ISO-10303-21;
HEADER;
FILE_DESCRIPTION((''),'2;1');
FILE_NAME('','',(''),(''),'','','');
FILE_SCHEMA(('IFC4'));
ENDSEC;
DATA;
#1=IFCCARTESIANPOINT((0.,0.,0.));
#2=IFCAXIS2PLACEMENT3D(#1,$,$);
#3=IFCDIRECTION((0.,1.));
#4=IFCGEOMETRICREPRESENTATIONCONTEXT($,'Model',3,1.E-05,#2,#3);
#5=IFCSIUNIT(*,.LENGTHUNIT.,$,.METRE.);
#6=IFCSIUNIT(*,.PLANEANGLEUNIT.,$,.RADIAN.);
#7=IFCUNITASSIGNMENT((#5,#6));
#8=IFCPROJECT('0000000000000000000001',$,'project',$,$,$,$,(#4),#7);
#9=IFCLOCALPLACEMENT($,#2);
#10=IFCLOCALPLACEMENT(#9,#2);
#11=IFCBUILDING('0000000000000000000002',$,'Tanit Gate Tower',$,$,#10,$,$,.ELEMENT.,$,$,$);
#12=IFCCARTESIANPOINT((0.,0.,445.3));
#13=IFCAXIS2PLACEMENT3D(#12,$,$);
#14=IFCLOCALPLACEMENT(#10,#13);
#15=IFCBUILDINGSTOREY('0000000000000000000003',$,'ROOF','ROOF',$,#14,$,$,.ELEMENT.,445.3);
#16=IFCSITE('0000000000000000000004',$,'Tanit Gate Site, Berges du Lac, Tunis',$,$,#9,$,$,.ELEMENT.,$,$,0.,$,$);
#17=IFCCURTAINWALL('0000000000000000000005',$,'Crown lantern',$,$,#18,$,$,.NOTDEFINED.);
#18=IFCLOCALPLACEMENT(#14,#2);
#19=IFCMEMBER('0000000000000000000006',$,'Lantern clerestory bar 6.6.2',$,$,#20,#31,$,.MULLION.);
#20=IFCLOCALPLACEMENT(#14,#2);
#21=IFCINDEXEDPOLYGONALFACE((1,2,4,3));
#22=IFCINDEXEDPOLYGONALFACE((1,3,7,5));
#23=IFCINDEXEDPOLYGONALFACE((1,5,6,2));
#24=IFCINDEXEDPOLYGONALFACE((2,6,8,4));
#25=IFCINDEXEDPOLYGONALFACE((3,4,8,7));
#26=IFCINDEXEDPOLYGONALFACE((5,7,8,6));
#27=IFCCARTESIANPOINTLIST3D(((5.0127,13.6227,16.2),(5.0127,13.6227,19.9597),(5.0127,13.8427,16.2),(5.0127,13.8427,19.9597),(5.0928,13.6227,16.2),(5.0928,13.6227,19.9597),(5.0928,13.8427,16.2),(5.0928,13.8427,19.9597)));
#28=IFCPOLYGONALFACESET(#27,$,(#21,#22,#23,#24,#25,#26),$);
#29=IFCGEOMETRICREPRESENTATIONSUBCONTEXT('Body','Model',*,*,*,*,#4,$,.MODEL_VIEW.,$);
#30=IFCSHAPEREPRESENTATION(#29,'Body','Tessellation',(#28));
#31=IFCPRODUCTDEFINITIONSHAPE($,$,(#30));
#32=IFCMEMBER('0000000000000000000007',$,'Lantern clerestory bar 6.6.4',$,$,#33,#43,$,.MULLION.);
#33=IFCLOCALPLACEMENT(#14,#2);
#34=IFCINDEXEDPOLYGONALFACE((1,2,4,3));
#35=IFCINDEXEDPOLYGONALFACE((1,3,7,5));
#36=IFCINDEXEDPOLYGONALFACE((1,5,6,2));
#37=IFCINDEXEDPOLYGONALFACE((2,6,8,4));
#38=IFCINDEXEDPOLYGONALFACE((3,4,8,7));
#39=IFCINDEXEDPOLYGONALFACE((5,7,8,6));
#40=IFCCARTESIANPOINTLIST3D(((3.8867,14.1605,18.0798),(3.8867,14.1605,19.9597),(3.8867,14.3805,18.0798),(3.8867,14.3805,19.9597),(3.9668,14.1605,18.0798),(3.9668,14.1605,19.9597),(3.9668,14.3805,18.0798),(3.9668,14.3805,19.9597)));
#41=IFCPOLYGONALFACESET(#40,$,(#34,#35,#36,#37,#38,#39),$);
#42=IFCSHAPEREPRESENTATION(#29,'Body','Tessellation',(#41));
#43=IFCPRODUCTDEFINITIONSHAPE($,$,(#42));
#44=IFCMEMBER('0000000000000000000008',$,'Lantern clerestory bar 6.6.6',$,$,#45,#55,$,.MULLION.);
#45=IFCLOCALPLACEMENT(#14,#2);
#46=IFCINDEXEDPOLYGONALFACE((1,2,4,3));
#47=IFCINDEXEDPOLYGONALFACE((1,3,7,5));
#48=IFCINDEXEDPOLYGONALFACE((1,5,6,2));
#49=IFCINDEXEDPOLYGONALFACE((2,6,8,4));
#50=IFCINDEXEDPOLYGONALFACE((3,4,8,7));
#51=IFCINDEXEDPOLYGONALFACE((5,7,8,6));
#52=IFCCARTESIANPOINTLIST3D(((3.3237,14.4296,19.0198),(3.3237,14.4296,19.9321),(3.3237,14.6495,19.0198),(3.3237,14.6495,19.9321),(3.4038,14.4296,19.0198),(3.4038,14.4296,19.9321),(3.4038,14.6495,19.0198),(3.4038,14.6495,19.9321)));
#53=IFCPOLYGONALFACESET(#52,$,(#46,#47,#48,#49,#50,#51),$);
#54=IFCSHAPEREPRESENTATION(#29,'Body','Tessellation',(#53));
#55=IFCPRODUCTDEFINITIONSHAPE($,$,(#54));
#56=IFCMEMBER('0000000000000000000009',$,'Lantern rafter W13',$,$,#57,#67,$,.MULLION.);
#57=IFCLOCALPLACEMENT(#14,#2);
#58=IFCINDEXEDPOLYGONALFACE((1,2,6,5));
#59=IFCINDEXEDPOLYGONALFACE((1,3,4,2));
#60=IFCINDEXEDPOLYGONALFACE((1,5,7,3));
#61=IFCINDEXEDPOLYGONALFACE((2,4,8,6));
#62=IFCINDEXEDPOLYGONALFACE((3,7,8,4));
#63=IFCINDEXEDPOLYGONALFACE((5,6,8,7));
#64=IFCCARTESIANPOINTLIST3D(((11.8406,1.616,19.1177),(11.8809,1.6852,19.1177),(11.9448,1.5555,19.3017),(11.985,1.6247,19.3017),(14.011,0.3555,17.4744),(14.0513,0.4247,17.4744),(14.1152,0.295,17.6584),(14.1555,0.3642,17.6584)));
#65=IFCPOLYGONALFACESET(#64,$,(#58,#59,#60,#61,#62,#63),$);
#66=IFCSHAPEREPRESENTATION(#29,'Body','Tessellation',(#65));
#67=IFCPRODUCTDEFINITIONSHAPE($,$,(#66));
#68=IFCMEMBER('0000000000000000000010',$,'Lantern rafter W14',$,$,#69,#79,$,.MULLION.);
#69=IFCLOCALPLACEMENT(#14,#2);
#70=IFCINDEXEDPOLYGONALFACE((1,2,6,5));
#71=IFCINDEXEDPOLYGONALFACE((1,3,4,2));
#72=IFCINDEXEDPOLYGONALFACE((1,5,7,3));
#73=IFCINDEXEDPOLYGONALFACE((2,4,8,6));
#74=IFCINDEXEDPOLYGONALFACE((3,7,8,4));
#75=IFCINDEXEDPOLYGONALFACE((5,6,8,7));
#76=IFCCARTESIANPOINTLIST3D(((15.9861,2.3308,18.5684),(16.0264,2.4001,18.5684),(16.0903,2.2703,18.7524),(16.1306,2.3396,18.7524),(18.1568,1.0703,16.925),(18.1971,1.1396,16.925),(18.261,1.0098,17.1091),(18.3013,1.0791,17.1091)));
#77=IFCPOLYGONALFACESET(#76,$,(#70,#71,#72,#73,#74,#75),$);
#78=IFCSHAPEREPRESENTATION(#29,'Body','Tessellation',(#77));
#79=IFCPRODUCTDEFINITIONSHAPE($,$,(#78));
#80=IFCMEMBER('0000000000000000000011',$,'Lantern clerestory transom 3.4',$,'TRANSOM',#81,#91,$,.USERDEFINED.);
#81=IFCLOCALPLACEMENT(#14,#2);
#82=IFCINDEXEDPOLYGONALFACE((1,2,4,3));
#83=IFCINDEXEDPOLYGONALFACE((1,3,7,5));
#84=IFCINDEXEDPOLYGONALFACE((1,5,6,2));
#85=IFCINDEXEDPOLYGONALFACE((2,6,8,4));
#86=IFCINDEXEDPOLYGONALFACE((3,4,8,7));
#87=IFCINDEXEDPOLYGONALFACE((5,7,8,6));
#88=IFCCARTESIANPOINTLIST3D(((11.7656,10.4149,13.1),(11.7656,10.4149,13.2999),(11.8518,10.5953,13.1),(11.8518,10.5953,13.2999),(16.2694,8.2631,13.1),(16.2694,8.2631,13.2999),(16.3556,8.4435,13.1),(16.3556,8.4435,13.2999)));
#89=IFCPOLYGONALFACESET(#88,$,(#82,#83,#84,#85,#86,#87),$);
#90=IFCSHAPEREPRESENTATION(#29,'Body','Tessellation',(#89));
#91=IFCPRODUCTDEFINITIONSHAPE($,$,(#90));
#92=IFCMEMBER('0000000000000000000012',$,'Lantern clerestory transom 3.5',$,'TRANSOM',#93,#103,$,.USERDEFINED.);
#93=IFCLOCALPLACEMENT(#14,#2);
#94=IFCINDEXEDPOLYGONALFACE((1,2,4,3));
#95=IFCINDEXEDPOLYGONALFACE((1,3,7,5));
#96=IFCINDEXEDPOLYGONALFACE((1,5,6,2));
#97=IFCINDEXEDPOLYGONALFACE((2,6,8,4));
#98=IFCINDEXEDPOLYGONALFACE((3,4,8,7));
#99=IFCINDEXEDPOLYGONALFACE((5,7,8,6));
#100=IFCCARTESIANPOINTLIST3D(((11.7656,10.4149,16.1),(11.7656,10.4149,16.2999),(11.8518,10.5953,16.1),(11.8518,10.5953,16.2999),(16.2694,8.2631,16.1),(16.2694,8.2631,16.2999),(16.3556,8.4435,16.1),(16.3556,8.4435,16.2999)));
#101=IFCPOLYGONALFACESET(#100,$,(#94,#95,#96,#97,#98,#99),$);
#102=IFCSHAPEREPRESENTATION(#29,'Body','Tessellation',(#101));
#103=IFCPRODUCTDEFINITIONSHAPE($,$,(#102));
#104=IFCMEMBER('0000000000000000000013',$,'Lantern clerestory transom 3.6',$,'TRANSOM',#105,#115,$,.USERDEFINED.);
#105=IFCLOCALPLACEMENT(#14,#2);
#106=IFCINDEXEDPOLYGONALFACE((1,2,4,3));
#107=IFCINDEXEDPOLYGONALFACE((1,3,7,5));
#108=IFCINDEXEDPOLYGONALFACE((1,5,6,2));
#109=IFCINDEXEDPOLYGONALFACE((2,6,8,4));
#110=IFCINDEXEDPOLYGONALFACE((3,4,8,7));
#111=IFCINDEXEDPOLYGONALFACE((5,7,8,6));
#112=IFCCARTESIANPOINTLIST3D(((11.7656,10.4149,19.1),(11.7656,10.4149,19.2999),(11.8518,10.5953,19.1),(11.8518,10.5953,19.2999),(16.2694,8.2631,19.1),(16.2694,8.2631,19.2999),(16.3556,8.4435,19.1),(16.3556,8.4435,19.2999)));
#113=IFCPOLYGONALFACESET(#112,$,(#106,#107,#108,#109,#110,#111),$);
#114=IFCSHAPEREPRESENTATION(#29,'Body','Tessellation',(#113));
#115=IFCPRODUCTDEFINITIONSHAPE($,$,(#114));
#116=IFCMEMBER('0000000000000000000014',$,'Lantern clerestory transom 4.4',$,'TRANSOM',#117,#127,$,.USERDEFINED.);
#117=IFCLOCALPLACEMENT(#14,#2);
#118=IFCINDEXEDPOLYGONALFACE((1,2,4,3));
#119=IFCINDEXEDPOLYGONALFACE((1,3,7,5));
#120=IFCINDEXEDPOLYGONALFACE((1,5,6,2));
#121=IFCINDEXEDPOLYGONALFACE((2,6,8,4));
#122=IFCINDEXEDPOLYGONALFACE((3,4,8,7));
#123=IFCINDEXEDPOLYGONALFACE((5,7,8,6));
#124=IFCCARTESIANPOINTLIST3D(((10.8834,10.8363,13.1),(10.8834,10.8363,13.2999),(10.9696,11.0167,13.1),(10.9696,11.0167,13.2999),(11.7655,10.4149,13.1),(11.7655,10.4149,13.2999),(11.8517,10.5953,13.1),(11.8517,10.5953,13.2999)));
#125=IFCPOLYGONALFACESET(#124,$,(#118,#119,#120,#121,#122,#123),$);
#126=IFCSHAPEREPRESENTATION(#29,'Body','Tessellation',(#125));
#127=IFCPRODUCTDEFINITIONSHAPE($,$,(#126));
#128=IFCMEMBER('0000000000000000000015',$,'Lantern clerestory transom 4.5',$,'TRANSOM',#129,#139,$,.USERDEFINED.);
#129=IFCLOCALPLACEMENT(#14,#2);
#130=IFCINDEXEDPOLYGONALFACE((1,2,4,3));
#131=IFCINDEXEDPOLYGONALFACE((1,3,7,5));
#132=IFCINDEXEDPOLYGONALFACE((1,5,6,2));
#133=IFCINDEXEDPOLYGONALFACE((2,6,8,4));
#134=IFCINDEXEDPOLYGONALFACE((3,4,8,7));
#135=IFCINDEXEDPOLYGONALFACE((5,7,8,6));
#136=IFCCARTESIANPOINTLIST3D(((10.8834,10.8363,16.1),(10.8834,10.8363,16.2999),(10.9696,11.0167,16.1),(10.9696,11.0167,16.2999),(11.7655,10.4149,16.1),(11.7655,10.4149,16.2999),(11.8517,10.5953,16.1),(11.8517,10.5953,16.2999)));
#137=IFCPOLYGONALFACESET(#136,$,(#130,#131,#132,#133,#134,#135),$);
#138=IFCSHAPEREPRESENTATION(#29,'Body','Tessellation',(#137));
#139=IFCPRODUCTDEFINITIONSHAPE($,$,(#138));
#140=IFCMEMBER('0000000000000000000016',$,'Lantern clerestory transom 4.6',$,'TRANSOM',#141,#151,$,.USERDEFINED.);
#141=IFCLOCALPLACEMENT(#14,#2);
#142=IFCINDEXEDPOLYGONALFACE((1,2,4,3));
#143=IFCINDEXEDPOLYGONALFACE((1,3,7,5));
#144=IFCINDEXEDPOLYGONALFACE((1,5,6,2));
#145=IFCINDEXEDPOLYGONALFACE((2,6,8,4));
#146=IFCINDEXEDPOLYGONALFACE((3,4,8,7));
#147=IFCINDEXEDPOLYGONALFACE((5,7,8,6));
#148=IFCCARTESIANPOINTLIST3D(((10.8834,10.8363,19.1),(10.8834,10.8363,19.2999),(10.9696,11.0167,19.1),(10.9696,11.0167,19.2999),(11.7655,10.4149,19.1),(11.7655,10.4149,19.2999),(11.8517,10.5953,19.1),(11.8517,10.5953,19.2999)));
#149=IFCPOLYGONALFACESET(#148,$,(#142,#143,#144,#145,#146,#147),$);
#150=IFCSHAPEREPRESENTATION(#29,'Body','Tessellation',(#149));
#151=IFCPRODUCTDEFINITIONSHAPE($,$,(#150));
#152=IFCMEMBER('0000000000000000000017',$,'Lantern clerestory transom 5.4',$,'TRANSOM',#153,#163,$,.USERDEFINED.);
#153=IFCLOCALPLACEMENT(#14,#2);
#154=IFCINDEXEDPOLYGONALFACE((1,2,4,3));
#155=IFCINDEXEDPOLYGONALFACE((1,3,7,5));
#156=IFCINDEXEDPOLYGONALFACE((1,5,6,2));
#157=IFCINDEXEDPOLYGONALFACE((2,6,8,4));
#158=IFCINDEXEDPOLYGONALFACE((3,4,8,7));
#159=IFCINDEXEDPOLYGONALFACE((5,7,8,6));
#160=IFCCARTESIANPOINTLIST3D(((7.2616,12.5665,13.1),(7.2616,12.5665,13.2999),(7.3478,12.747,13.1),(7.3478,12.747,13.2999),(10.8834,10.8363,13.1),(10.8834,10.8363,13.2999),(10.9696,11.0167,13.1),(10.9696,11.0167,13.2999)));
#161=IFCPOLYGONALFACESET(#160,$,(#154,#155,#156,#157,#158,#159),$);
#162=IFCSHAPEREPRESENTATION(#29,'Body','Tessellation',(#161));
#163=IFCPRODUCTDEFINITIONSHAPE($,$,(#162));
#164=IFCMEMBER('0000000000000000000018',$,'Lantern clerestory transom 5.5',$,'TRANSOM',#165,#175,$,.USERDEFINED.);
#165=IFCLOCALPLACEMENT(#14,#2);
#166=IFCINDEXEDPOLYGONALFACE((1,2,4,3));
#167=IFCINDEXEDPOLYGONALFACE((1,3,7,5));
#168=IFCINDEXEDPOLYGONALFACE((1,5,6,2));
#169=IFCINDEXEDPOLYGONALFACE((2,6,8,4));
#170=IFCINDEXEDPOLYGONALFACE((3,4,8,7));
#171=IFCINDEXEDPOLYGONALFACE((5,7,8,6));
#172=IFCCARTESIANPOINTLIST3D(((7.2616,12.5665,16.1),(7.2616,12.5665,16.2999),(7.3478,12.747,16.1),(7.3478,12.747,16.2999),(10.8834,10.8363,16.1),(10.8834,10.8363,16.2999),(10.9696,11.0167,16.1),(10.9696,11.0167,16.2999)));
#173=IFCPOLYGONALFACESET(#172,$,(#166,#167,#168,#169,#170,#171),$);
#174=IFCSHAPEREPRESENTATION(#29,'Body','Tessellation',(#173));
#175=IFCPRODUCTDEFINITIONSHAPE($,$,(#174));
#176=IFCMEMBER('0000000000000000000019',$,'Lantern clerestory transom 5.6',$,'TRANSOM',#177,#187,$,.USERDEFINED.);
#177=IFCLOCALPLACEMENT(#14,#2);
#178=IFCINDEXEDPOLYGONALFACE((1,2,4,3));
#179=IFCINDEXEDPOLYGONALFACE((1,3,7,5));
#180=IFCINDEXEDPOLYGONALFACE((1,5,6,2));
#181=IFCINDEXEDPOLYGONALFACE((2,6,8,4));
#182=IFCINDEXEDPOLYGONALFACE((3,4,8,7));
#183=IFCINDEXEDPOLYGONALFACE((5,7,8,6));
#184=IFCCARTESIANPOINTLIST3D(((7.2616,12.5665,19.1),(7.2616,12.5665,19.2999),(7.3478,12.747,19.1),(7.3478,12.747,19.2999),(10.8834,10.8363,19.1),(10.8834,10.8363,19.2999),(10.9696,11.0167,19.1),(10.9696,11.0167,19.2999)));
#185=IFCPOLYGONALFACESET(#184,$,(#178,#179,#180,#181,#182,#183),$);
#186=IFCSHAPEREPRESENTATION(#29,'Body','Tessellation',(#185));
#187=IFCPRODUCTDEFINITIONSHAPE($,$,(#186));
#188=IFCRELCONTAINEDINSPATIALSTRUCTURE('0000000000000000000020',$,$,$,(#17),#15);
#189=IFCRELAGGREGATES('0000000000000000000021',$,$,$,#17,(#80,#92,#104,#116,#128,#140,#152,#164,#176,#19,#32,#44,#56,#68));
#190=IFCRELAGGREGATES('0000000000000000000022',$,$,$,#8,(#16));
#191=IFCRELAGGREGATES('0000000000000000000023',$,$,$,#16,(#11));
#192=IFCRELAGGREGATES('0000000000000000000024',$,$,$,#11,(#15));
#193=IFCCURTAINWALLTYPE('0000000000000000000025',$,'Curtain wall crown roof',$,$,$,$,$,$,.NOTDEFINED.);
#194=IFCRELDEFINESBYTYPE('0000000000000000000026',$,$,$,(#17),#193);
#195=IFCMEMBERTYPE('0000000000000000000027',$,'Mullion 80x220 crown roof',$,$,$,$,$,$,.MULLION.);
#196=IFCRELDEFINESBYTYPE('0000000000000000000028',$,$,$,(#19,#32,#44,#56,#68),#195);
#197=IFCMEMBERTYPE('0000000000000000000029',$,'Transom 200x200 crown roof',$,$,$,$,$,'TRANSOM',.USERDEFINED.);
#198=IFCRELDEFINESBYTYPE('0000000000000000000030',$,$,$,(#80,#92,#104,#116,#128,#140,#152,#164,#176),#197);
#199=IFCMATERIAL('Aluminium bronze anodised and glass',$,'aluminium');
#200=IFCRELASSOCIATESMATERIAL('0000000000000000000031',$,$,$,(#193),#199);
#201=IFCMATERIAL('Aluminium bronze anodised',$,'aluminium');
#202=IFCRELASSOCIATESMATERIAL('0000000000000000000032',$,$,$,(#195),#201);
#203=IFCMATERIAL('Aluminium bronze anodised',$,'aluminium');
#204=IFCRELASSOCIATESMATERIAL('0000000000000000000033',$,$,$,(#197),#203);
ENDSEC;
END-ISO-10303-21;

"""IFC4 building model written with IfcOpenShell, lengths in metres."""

from ifc_helpers import new_model, si_unit, direction, frame, origin, origin_2d, place, context, subcontext, project, spatial, rectangle, extrude, material, material_profile, profile_set, type_object, element, aggregate, save


model = new_model("IFC4")

# Units and contexts
model_context = context("Model", 3, precision=1e-05, world=origin(), true_north=direction((0.0, 1.0)))
body_context = subcontext(model_context, "Body", "Model", "MODEL_VIEW")
ifc_project = project(units=[si_unit("LENGTHUNIT", "METRE"), si_unit("PLANEANGLEUNIT", "RADIAN")], contexts=[model_context])

# Site, building, storey
site_placement = place(None, origin())
site = spatial("IfcSite", under=ifc_project, at=site_placement, Name="Tanit Gate Site, Berges du Lac, Tunis", CompositionType="ELEMENT", RefElevation=0.0)
building_placement = place(site_placement, origin())
building = spatial("IfcBuilding", under=site, at=building_placement, Name="Tanit Gate Tower", CompositionType="ELEMENT")
storey_placement = place(building_placement, frame((0.0, 0.0, 445.3)))
storey = spatial("IfcBuildingStorey", under=building, at=storey_placement, Name="ROOF", Description="ROOF", CompositionType="ELEMENT", Elevation=445.3)

# Curtain wall, members
ifc_material_1 = material(Name="Aluminium bronze anodised and glass", Category="aluminium")
curtain_wall_type = type_object("IfcCurtainWallType", Name="Curtain wall crown roof", PredefinedType="NOTDEFINED", material=ifc_material_1)
curtain_wall_placement = place(storey_placement, origin())
curtain_wall = element("IfcCurtainWall", 1, at=curtain_wall_placement, inside=storey, type_object=curtain_wall_type, Name="Crown lantern", PredefinedType="NOTDEFINED")
ifc_material_2 = material(Name="Aluminium bronze anodised", Category="aluminium")
ifc_material_profile_1 = material_profile(ifc_material_2, rectangle(XDim=0.0801, YDim=0.22, at=origin_2d()), Name="80x220 bronze rafter")
ifc_profile_set_1 = profile_set([ifc_material_profile_1], Name="Aluminium bronze anodised")
member_type_1 = type_object("IfcMemberType", Name="Mullion 80x220 crown roof", PredefinedType="MULLION", material=ifc_profile_set_1)
member_1_placement = place(storey_placement, frame((5.0527, 13.7327, 16.2), z_axis=(0.0, 0.0, 1.0), x_axis=(1.0, 0.0, 0.0)))
member_1 = element("IfcMember", 2, at=member_1_placement, type_object=member_type_1, Name="Lantern clerestory bar 6.6.2", PredefinedType="MULLION", context=body_context, shape_type="SweptSolid", body=[
    extrude(rectangle(XDim=0.0801, YDim=0.22, at=origin_2d()), origin(), (0.0, 0.0, 1.0), 3.7598),
])
member_2_placement = place(storey_placement, frame((3.9268, 14.2705, 18.0798), z_axis=(0.0, 0.0, 1.0), x_axis=(1.0, 0.0, 0.0)))
member_2 = element("IfcMember", 3, at=member_2_placement, type_object=member_type_1, Name="Lantern clerestory bar 6.6.4", PredefinedType="MULLION", context=body_context, shape_type="SweptSolid", body=[
    extrude(rectangle(XDim=0.0801, YDim=0.22, at=origin_2d()), origin(), (0.0, 0.0, 1.0), 1.8799),
])
member_3_placement = place(storey_placement, frame((3.3638, 14.5396, 19.0198), z_axis=(0.0, 0.0, 1.0), x_axis=(1.0, 0.0, 0.0)))
member_3 = element("IfcMember", 4, at=member_3_placement, type_object=member_type_1, Name="Lantern clerestory bar 6.6.6", PredefinedType="MULLION", context=body_context, shape_type="SweptSolid", body=[
    extrude(rectangle(XDim=0.0801, YDim=0.22, at=origin_2d()), origin(), (0.0, 0.0, 1.0), 0.9124),
])
member_4_placement = place(storey_placement, frame((11.9128, 1.6204, 19.2097), z_axis=(0.72347, -0.420166, -0.54777), x_axis=(0.502213, 0.864744, 0.0)))
member_4 = element("IfcMember", 5, at=member_4_placement, type_object=member_type_1, Name="Lantern rafter W13", PredefinedType="MULLION", context=body_context, shape_type="SweptSolid", body=[
    extrude(rectangle(XDim=0.0801, YDim=0.22, at=origin_2d()), origin(), (0.0, 0.0, 1.0), 3.0),
])
member_5_placement = place(storey_placement, frame((16.0583, 2.3352, 18.6604), z_axis=(0.723509, -0.420141, -0.547738), x_axis=(0.502171, 0.864769, 0.0)))
member_5 = element("IfcMember", 6, at=member_5_placement, type_object=member_type_1, Name="Lantern rafter W14", PredefinedType="MULLION", context=body_context, shape_type="SweptSolid", body=[
    extrude(rectangle(XDim=0.0801, YDim=0.22, at=origin_2d()), origin(), (0.0, 0.0, 1.0), 3.0002),
])
ifc_material_3 = material(Name="Aluminium bronze anodised", Category="aluminium")
ifc_material_profile_2 = material_profile(ifc_material_3, rectangle(XDim=0.2, YDim=0.2, at=origin_2d()), Name="200x200 bronze transom")
ifc_profile_set_2 = profile_set([ifc_material_profile_2], Name="Aluminium bronze anodised")
member_type_2 = type_object("IfcMemberType", Name="Transom 200x200 crown roof", ElementType="TRANSOM", PredefinedType="USERDEFINED", material=ifc_profile_set_2)
member_6_placement = place(storey_placement, frame((16.3125, 8.3533, 13.2), z_axis=(-0.902305, 0.431099, 0.0), x_axis=(-0.431099, -0.902305, 0.0)))
member_6 = element("IfcMember", 7, at=member_6_placement, type_object=member_type_2, Name="Lantern clerestory transom 3.4", ObjectType="TRANSOM", PredefinedType="USERDEFINED", context=body_context, shape_type="SweptSolid", body=[
    extrude(rectangle(XDim=0.2, YDim=0.2, at=origin_2d()), origin(), (0.0, 0.0, 1.0), 4.9915),
])
member_7_placement = place(storey_placement, frame((16.3125, 8.3533, 16.2), z_axis=(-0.902305, 0.431099, 0.0), x_axis=(-0.431099, -0.902305, 0.0)))
member_7 = element("IfcMember", 8, at=member_7_placement, type_object=member_type_2, Name="Lantern clerestory transom 3.5", ObjectType="TRANSOM", PredefinedType="USERDEFINED", context=body_context, shape_type="SweptSolid", body=[
    extrude(rectangle(XDim=0.2, YDim=0.2, at=origin_2d()), origin(), (0.0, 0.0, 1.0), 4.9915),
])
member_8_placement = place(storey_placement, frame((16.3125, 8.3533, 19.2), z_axis=(-0.902305, 0.431099, 0.0), x_axis=(-0.431099, -0.902305, 0.0)))
member_8 = element("IfcMember", 9, at=member_8_placement, type_object=member_type_2, Name="Lantern clerestory transom 3.6", ObjectType="TRANSOM", PredefinedType="USERDEFINED", context=body_context, shape_type="SweptSolid", body=[
    extrude(rectangle(XDim=0.2, YDim=0.2, at=origin_2d()), origin(), (0.0, 0.0, 1.0), 4.9915),
])
member_9_placement = place(storey_placement, frame((11.8086, 10.5051, 13.2), z_axis=(-0.902324, 0.431058, 0.0), x_axis=(-0.431058, -0.902324, 0.0)))
member_9 = element("IfcMember", 10, at=member_9_placement, type_object=member_type_2, Name="Lantern clerestory transom 4.4", ObjectType="TRANSOM", PredefinedType="USERDEFINED", context=body_context, shape_type="SweptSolid", body=[
    extrude(rectangle(XDim=0.2, YDim=0.2, at=origin_2d()), origin(), (0.0, 0.0, 1.0), 0.9775),
])
member_10_placement = place(storey_placement, frame((11.8086, 10.5051, 16.2), z_axis=(-0.902324, 0.431058, 0.0), x_axis=(-0.431058, -0.902324, 0.0)))
member_10 = element("IfcMember", 11, at=member_10_placement, type_object=member_type_2, Name="Lantern clerestory transom 4.5", ObjectType="TRANSOM", PredefinedType="USERDEFINED", context=body_context, shape_type="SweptSolid", body=[
    extrude(rectangle(XDim=0.2, YDim=0.2, at=origin_2d()), origin(), (0.0, 0.0, 1.0), 0.9775),
])
member_11_placement = place(storey_placement, frame((11.8086, 10.5051, 19.2), z_axis=(-0.902324, 0.431058, 0.0), x_axis=(-0.431058, -0.902324, 0.0)))
member_11 = element("IfcMember", 12, at=member_11_placement, type_object=member_type_2, Name="Lantern clerestory transom 4.6", ObjectType="TRANSOM", PredefinedType="USERDEFINED", context=body_context, shape_type="SweptSolid", body=[
    extrude(rectangle(XDim=0.2, YDim=0.2, at=origin_2d()), origin(), (0.0, 0.0, 1.0), 0.9775),
])
member_12_placement = place(storey_placement, frame((10.9265, 10.9265, 13.2), z_axis=(-0.902324, 0.431059, 0.0), x_axis=(-0.431059, -0.902324, 0.0)))
member_12 = element("IfcMember", 13, at=member_12_placement, type_object=member_type_2, Name="Lantern clerestory transom 5.4", ObjectType="TRANSOM", PredefinedType="USERDEFINED", context=body_context, shape_type="SweptSolid", body=[
    extrude(rectangle(XDim=0.2, YDim=0.2, at=origin_2d()), origin(), (0.0, 0.0, 1.0), 4.0139),
])
member_13_placement = place(storey_placement, frame((10.9265, 10.9265, 16.2), z_axis=(-0.902324, 0.431059, 0.0), x_axis=(-0.431059, -0.902324, 0.0)))
member_13 = element("IfcMember", 14, at=member_13_placement, type_object=member_type_2, Name="Lantern clerestory transom 5.5", ObjectType="TRANSOM", PredefinedType="USERDEFINED", context=body_context, shape_type="SweptSolid", body=[
    extrude(rectangle(XDim=0.2, YDim=0.2, at=origin_2d()), origin(), (0.0, 0.0, 1.0), 4.0139),
])
member_14_placement = place(storey_placement, frame((10.9265, 10.9265, 19.2), z_axis=(-0.902324, 0.431059, 0.0), x_axis=(-0.431059, -0.902324, 0.0)))
member_14 = element("IfcMember", 15, at=member_14_placement, type_object=member_type_2, Name="Lantern clerestory transom 5.6", ObjectType="TRANSOM", PredefinedType="USERDEFINED", context=body_context, shape_type="SweptSolid", body=[
    extrude(rectangle(XDim=0.2, YDim=0.2, at=origin_2d()), origin(), (0.0, 0.0, 1.0), 4.0139),
])
aggregate(curtain_wall, [member_6, member_7, member_8, member_9, member_10, member_11, member_12, member_13, member_14, member_1, member_2, member_3, member_4, member_5])

save(model, "model.ifc")
